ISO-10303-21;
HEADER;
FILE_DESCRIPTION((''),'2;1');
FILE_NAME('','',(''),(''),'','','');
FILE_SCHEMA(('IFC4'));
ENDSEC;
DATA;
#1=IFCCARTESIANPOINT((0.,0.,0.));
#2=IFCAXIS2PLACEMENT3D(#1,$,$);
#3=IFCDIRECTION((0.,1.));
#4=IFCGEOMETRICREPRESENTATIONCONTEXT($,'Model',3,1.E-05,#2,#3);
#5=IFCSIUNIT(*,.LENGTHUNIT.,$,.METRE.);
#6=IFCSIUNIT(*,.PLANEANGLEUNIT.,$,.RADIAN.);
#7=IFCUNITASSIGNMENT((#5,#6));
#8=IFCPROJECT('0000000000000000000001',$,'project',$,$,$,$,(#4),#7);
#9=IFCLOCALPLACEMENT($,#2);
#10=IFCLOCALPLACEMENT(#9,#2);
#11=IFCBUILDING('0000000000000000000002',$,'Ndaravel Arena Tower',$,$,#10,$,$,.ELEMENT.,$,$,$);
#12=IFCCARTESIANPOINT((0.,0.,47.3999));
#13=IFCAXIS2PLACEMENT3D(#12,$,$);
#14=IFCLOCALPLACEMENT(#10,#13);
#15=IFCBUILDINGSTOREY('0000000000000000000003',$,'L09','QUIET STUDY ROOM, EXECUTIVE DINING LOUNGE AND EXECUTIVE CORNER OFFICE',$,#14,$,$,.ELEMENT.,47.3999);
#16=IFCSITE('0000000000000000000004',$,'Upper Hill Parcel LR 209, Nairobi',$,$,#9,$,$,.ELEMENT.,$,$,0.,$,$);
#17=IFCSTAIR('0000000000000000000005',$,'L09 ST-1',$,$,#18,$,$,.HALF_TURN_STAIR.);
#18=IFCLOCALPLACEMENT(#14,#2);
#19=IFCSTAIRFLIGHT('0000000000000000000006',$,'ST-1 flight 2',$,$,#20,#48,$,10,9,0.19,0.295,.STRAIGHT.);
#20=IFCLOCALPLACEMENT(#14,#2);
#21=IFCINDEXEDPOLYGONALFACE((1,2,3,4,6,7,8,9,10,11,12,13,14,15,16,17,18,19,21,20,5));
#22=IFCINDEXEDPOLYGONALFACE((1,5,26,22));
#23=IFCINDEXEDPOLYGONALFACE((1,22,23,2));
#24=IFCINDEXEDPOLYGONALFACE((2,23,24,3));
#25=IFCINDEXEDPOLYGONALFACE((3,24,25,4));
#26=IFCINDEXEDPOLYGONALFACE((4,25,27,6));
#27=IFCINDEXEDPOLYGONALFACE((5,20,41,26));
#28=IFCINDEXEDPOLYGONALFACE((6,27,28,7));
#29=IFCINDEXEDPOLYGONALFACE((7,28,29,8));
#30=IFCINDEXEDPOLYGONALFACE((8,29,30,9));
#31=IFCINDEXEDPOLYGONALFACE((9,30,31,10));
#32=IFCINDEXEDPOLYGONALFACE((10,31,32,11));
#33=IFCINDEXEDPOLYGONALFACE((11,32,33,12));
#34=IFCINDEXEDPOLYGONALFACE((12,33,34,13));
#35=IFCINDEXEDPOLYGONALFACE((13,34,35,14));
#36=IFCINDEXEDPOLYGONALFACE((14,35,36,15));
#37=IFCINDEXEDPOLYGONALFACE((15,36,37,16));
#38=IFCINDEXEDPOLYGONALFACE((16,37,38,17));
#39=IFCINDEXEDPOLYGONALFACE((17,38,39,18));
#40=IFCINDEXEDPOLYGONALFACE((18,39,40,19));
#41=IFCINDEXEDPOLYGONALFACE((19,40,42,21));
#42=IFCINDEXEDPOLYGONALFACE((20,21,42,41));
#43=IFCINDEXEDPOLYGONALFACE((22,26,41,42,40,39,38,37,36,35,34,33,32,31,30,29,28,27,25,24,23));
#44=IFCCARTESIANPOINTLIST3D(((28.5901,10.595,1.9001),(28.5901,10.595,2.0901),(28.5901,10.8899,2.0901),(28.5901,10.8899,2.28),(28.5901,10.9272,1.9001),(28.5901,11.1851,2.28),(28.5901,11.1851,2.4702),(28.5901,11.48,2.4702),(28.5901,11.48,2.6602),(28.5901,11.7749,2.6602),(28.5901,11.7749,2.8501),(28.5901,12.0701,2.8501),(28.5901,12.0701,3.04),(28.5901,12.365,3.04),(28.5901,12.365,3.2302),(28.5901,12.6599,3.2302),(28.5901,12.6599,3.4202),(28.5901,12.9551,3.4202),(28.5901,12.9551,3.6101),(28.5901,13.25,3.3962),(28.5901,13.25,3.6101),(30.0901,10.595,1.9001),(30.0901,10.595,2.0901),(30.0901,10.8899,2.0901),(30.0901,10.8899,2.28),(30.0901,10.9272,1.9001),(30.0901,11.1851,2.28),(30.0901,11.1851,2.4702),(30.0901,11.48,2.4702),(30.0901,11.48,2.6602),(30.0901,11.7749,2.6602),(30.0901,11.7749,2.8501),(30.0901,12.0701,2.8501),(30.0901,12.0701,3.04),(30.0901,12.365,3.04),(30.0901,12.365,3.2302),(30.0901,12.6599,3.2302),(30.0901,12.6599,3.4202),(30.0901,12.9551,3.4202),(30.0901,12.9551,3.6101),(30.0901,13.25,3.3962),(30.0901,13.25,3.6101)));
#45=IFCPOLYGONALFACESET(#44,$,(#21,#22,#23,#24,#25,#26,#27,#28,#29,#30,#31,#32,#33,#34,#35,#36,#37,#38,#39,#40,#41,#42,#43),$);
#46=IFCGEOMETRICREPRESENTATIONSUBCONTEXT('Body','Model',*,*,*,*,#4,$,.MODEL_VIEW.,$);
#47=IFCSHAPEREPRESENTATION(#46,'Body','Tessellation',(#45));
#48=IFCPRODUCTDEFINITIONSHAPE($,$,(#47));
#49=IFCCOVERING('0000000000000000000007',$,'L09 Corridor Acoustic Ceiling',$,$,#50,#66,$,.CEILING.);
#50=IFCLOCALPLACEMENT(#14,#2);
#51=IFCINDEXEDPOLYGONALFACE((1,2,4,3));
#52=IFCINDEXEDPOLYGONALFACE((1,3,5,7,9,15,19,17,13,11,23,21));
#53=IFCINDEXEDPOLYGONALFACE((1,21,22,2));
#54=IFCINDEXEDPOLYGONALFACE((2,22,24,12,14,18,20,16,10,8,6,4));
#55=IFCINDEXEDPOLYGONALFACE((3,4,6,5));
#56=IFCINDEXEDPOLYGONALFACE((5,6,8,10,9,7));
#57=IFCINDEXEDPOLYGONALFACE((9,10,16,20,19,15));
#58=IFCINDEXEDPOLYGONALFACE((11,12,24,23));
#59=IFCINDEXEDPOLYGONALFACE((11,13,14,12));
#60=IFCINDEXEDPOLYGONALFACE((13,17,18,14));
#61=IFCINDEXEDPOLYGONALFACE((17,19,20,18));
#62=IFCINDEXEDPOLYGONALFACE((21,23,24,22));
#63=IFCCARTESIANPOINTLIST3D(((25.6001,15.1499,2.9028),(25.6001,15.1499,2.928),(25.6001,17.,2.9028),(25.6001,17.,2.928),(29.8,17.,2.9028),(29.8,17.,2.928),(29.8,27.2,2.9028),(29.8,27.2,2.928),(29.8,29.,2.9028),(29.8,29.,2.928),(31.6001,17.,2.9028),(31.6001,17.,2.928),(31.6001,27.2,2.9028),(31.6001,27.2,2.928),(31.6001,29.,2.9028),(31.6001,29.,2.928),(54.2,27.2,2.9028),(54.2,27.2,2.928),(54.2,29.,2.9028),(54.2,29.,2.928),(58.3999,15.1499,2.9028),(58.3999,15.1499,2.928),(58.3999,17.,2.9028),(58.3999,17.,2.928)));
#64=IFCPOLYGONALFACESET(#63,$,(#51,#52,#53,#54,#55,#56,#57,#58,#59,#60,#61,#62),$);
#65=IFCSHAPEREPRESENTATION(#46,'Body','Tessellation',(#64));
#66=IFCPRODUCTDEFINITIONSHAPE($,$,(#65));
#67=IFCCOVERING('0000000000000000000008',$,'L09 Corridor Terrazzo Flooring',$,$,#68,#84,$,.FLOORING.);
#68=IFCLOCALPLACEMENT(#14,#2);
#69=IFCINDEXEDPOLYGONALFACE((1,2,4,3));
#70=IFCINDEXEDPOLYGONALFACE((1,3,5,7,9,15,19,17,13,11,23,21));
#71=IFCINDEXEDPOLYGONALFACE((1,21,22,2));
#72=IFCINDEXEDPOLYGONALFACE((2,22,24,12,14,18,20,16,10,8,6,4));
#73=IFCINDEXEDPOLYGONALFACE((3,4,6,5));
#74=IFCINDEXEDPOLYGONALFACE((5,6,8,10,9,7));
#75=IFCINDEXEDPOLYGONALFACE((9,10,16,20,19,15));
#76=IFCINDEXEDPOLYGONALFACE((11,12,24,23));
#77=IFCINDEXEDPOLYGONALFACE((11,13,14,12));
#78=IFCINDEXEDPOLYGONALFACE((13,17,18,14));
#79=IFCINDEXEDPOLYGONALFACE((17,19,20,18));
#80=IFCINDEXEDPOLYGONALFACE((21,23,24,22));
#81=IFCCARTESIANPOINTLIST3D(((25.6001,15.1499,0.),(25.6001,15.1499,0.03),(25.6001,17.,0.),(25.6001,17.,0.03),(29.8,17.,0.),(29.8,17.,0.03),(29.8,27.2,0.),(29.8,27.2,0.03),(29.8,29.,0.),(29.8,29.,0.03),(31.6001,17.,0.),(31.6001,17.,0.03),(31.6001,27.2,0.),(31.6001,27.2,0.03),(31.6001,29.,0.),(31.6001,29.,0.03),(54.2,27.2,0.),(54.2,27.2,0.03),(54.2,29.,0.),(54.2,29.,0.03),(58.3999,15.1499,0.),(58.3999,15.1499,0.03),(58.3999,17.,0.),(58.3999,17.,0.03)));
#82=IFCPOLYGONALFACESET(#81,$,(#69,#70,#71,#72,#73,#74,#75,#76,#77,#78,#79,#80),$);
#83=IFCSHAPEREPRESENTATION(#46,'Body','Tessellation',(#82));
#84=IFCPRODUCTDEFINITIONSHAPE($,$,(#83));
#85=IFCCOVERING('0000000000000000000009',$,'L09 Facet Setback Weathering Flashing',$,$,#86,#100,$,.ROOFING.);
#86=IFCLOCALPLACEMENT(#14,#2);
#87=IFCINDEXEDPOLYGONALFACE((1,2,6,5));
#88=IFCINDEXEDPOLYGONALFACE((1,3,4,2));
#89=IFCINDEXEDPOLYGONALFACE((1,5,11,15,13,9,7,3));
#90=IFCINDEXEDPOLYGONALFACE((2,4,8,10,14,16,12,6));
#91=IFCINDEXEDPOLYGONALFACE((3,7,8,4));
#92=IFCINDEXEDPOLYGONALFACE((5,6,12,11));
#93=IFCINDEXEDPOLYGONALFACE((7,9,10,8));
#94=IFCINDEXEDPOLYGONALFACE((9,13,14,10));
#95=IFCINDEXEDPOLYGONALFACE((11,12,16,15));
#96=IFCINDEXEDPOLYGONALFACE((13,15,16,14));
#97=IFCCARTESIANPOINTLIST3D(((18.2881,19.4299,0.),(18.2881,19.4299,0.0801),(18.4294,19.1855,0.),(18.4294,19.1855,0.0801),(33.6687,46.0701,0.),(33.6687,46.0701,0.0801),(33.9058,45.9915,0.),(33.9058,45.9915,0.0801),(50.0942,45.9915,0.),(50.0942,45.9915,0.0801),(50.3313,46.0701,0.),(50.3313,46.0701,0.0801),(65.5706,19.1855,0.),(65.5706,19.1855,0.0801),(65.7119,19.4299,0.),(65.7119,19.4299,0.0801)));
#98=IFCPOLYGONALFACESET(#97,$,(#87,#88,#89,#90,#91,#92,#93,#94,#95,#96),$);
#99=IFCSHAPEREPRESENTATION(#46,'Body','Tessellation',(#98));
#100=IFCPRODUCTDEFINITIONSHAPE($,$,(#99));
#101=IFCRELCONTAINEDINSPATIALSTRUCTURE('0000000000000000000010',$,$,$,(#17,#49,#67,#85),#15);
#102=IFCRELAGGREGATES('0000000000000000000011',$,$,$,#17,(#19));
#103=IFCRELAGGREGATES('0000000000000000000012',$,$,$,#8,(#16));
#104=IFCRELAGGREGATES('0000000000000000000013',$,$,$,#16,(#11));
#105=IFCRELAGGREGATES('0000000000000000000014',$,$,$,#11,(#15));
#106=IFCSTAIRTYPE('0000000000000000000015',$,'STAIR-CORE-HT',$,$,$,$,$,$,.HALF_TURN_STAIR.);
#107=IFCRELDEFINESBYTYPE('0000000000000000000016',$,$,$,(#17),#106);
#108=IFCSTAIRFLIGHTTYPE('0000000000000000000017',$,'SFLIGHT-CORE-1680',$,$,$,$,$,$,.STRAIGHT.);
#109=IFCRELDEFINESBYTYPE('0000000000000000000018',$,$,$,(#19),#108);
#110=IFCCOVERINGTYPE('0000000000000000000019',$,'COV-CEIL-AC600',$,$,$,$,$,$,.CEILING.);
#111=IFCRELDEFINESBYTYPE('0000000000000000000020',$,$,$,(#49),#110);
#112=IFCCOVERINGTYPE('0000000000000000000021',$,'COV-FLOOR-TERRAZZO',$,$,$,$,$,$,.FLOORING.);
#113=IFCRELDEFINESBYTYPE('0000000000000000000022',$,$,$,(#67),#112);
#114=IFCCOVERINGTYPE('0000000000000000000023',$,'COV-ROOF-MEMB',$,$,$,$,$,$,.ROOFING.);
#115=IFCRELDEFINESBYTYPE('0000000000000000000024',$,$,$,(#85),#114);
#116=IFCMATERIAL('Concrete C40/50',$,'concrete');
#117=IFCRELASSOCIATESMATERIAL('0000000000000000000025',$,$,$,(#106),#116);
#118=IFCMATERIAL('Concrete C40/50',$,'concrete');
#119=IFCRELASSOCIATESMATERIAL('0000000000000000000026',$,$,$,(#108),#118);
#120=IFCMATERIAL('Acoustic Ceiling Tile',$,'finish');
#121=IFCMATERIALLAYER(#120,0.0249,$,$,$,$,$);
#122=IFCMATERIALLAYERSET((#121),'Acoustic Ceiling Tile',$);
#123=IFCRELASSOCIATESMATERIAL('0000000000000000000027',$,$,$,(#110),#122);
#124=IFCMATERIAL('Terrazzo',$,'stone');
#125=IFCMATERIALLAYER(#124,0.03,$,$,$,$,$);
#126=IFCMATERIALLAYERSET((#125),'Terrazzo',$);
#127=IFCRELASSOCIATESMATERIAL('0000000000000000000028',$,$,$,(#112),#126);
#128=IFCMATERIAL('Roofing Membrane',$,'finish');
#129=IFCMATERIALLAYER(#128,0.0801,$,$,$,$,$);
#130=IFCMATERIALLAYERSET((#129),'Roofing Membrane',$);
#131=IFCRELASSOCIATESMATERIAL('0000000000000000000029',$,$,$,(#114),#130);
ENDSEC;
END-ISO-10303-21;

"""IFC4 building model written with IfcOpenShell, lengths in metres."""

from ifc_helpers import new_model, si_unit, direction, frame, origin, place, context, subcontext, project, spatial, polyline, outline, extrude, material, layer, layer_set, type_object, element, aggregate, save


model = new_model("IFC4")

# Units and contexts
model_context = context("Model", 3, precision=1e-05, world=origin(), true_north=direction((0.0, 1.0)))
body_context = subcontext(model_context, "Body", "Model", "MODEL_VIEW")
ifc_project = project(units=[si_unit("LENGTHUNIT", "METRE"), si_unit("PLANEANGLEUNIT", "RADIAN")], contexts=[model_context])

# Site, building, storey
site_placement = place(None, origin())
site = spatial("IfcSite", under=ifc_project, at=site_placement, Name="Upper Hill Parcel LR 209, Nairobi", CompositionType="ELEMENT", RefElevation=0.0)
building_placement = place(site_placement, origin())
building = spatial("IfcBuilding", under=site, at=building_placement, Name="Ndaravel Arena Tower", CompositionType="ELEMENT")
storey_placement = place(building_placement, frame((0.0, 0.0, 47.3999)))
storey = spatial("IfcBuildingStorey", under=building, at=storey_placement, Name="L09", Description="QUIET STUDY ROOM, EXECUTIVE DINING LOUNGE AND EXECUTIVE CORNER OFFICE", CompositionType="ELEMENT", Elevation=47.3999)

# Stair
ifc_material_1 = material(Name="Concrete C40/50", Category="concrete")
stair_type = type_object("IfcStairType", Name="STAIR-CORE-HT", PredefinedType="HALF_TURN_STAIR", material=ifc_material_1)
stair_1_placement = place(storey_placement, origin())
stair_1 = element("IfcStair", 1, at=stair_1_placement, inside=storey, type_object=stair_type, Name="L09 ST-1", PredefinedType="HALF_TURN_STAIR")

# Stair flight
ifc_material_2 = material(Name="Concrete C40/50", Category="concrete")
stair_flight_type = type_object("IfcStairFlightType", Name="SFLIGHT-CORE-1680", PredefinedType="STRAIGHT", material=ifc_material_2)
stair_flight_1_placement = place(storey_placement, frame((29.3401, 10.595, 1.9001), z_axis=(0.0, 0.0, 1.0), x_axis=(0.0, 1.0, 0.0)))
stair_flight_1 = element("IfcStairFlight", 2, at=stair_flight_1_placement, type_object=stair_flight_type, Name="ST-1 flight 2", NumberOfRisers=10, NumberOfTreads=9, PredefinedType="STRAIGHT", RiserHeight=0.19, TreadLength=0.295, context=body_context, shape_type="SweptSolid", body=[
    extrude(outline(polyline([(0.0, 0.0), (0.0, 0.1899), (0.2949, 0.1899), (0.2949, 0.3799), (0.5901, 0.3799), (0.5901, 0.5701), (0.885, 0.5701), (0.885, 0.76), (1.1799, 0.76), (1.1799, 0.95), (1.4751, 0.95), (1.4751, 1.1399), (1.77, 1.1399), (1.77, 1.3301), (2.0649, 1.3301), (2.0649, 1.52), (2.3601, 1.52), (2.3601, 1.71), (2.655, 1.71), (2.655, 1.8999), (2.655, 1.4961), (0.3323, 0.0), (0.0, 0.0)])), frame((0.0, 0.75, 0.0), z_axis=(0.0, -1.0, 0.0), x_axis=(1.0, 0.0, 0.0)), (0.0, 0.0, 1.0), 1.5),
])
aggregate(stair_1, [stair_flight_1])

# Coverings
ifc_material_3 = material(Name="Acoustic Ceiling Tile", Category="finish")
ifc_layer_1 = layer(ifc_material_3, 0.0249)
ifc_layer_set_1 = layer_set([ifc_layer_1], Name="Acoustic Ceiling Tile")
covering_type_1 = type_object("IfcCoveringType", Name="COV-CEIL-AC600", PredefinedType="CEILING", material=ifc_layer_set_1)
covering_1_placement = place(storey_placement, frame((0.0, 0.0, 2.9028)))
element("IfcCovering", 3, at=covering_1_placement, inside=storey, type_object=covering_type_1, Name="L09 Corridor Acoustic Ceiling", PredefinedType="CEILING", context=body_context, shape_type="SweptSolid", body=[
    extrude(outline(polyline([(58.3999, 17.0), (31.6001, 17.0), (31.6001, 27.2), (54.2, 27.2), (54.2, 29.0), (31.6001, 29.0), (29.8, 29.0), (29.8, 27.2), (29.8, 17.0), (25.6001, 17.0), (25.6001, 15.1499), (58.3999, 15.1499), (58.3999, 17.0)])), origin(), (0.0, 0.0, 1.0), 0.0251),
])
ifc_material_4 = material(Name="Terrazzo", Category="stone")
ifc_layer_2 = layer(ifc_material_4, 0.03)
ifc_layer_set_2 = layer_set([ifc_layer_2], Name="Terrazzo")
covering_type_2 = type_object("IfcCoveringType", Name="COV-FLOOR-TERRAZZO", PredefinedType="FLOORING", material=ifc_layer_set_2)
covering_2_placement = place(storey_placement, origin())
element("IfcCovering", 4, at=covering_2_placement, inside=storey, type_object=covering_type_2, Name="L09 Corridor Terrazzo Flooring", PredefinedType="FLOORING", context=body_context, shape_type="SweptSolid", body=[
    extrude(outline(polyline([(58.3999, 17.0), (31.6001, 17.0), (31.6001, 27.2), (54.2, 27.2), (54.2, 29.0), (31.6001, 29.0), (29.8, 29.0), (29.8, 27.2), (29.8, 17.0), (25.6001, 17.0), (25.6001, 15.1499), (58.3999, 15.1499), (58.3999, 17.0)])), origin(), (0.0, 0.0, 1.0), 0.03),
])
ifc_material_5 = material(Name="Roofing Membrane", Category="finish")
ifc_layer_3 = layer(ifc_material_5, 0.0801)
ifc_layer_set_3 = layer_set([ifc_layer_3], Name="Roofing Membrane")
covering_type_3 = type_object("IfcCoveringType", Name="COV-ROOF-MEMB", PredefinedType="ROOFING", material=ifc_layer_set_3)
covering_3_placement = place(storey_placement, origin())
element("IfcCovering", 5, at=covering_3_placement, inside=storey, type_object=covering_type_3, Name="L09 Facet Setback Weathering Flashing", PredefinedType="ROOFING", context=body_context, shape_type="SweptSolid", body=[
    extrude(outline(polyline([(18.2881, 19.4299), (33.6687, 46.0701), (50.3313, 46.0701), (65.7119, 19.4299), (65.5706, 19.1855), (50.0942, 45.9915), (33.9058, 45.9915), (18.4294, 19.1855), (18.2881, 19.4299)])), origin(), (0.0, 0.0, 1.0), 0.0801),
])

save(model, "model.ifc")
